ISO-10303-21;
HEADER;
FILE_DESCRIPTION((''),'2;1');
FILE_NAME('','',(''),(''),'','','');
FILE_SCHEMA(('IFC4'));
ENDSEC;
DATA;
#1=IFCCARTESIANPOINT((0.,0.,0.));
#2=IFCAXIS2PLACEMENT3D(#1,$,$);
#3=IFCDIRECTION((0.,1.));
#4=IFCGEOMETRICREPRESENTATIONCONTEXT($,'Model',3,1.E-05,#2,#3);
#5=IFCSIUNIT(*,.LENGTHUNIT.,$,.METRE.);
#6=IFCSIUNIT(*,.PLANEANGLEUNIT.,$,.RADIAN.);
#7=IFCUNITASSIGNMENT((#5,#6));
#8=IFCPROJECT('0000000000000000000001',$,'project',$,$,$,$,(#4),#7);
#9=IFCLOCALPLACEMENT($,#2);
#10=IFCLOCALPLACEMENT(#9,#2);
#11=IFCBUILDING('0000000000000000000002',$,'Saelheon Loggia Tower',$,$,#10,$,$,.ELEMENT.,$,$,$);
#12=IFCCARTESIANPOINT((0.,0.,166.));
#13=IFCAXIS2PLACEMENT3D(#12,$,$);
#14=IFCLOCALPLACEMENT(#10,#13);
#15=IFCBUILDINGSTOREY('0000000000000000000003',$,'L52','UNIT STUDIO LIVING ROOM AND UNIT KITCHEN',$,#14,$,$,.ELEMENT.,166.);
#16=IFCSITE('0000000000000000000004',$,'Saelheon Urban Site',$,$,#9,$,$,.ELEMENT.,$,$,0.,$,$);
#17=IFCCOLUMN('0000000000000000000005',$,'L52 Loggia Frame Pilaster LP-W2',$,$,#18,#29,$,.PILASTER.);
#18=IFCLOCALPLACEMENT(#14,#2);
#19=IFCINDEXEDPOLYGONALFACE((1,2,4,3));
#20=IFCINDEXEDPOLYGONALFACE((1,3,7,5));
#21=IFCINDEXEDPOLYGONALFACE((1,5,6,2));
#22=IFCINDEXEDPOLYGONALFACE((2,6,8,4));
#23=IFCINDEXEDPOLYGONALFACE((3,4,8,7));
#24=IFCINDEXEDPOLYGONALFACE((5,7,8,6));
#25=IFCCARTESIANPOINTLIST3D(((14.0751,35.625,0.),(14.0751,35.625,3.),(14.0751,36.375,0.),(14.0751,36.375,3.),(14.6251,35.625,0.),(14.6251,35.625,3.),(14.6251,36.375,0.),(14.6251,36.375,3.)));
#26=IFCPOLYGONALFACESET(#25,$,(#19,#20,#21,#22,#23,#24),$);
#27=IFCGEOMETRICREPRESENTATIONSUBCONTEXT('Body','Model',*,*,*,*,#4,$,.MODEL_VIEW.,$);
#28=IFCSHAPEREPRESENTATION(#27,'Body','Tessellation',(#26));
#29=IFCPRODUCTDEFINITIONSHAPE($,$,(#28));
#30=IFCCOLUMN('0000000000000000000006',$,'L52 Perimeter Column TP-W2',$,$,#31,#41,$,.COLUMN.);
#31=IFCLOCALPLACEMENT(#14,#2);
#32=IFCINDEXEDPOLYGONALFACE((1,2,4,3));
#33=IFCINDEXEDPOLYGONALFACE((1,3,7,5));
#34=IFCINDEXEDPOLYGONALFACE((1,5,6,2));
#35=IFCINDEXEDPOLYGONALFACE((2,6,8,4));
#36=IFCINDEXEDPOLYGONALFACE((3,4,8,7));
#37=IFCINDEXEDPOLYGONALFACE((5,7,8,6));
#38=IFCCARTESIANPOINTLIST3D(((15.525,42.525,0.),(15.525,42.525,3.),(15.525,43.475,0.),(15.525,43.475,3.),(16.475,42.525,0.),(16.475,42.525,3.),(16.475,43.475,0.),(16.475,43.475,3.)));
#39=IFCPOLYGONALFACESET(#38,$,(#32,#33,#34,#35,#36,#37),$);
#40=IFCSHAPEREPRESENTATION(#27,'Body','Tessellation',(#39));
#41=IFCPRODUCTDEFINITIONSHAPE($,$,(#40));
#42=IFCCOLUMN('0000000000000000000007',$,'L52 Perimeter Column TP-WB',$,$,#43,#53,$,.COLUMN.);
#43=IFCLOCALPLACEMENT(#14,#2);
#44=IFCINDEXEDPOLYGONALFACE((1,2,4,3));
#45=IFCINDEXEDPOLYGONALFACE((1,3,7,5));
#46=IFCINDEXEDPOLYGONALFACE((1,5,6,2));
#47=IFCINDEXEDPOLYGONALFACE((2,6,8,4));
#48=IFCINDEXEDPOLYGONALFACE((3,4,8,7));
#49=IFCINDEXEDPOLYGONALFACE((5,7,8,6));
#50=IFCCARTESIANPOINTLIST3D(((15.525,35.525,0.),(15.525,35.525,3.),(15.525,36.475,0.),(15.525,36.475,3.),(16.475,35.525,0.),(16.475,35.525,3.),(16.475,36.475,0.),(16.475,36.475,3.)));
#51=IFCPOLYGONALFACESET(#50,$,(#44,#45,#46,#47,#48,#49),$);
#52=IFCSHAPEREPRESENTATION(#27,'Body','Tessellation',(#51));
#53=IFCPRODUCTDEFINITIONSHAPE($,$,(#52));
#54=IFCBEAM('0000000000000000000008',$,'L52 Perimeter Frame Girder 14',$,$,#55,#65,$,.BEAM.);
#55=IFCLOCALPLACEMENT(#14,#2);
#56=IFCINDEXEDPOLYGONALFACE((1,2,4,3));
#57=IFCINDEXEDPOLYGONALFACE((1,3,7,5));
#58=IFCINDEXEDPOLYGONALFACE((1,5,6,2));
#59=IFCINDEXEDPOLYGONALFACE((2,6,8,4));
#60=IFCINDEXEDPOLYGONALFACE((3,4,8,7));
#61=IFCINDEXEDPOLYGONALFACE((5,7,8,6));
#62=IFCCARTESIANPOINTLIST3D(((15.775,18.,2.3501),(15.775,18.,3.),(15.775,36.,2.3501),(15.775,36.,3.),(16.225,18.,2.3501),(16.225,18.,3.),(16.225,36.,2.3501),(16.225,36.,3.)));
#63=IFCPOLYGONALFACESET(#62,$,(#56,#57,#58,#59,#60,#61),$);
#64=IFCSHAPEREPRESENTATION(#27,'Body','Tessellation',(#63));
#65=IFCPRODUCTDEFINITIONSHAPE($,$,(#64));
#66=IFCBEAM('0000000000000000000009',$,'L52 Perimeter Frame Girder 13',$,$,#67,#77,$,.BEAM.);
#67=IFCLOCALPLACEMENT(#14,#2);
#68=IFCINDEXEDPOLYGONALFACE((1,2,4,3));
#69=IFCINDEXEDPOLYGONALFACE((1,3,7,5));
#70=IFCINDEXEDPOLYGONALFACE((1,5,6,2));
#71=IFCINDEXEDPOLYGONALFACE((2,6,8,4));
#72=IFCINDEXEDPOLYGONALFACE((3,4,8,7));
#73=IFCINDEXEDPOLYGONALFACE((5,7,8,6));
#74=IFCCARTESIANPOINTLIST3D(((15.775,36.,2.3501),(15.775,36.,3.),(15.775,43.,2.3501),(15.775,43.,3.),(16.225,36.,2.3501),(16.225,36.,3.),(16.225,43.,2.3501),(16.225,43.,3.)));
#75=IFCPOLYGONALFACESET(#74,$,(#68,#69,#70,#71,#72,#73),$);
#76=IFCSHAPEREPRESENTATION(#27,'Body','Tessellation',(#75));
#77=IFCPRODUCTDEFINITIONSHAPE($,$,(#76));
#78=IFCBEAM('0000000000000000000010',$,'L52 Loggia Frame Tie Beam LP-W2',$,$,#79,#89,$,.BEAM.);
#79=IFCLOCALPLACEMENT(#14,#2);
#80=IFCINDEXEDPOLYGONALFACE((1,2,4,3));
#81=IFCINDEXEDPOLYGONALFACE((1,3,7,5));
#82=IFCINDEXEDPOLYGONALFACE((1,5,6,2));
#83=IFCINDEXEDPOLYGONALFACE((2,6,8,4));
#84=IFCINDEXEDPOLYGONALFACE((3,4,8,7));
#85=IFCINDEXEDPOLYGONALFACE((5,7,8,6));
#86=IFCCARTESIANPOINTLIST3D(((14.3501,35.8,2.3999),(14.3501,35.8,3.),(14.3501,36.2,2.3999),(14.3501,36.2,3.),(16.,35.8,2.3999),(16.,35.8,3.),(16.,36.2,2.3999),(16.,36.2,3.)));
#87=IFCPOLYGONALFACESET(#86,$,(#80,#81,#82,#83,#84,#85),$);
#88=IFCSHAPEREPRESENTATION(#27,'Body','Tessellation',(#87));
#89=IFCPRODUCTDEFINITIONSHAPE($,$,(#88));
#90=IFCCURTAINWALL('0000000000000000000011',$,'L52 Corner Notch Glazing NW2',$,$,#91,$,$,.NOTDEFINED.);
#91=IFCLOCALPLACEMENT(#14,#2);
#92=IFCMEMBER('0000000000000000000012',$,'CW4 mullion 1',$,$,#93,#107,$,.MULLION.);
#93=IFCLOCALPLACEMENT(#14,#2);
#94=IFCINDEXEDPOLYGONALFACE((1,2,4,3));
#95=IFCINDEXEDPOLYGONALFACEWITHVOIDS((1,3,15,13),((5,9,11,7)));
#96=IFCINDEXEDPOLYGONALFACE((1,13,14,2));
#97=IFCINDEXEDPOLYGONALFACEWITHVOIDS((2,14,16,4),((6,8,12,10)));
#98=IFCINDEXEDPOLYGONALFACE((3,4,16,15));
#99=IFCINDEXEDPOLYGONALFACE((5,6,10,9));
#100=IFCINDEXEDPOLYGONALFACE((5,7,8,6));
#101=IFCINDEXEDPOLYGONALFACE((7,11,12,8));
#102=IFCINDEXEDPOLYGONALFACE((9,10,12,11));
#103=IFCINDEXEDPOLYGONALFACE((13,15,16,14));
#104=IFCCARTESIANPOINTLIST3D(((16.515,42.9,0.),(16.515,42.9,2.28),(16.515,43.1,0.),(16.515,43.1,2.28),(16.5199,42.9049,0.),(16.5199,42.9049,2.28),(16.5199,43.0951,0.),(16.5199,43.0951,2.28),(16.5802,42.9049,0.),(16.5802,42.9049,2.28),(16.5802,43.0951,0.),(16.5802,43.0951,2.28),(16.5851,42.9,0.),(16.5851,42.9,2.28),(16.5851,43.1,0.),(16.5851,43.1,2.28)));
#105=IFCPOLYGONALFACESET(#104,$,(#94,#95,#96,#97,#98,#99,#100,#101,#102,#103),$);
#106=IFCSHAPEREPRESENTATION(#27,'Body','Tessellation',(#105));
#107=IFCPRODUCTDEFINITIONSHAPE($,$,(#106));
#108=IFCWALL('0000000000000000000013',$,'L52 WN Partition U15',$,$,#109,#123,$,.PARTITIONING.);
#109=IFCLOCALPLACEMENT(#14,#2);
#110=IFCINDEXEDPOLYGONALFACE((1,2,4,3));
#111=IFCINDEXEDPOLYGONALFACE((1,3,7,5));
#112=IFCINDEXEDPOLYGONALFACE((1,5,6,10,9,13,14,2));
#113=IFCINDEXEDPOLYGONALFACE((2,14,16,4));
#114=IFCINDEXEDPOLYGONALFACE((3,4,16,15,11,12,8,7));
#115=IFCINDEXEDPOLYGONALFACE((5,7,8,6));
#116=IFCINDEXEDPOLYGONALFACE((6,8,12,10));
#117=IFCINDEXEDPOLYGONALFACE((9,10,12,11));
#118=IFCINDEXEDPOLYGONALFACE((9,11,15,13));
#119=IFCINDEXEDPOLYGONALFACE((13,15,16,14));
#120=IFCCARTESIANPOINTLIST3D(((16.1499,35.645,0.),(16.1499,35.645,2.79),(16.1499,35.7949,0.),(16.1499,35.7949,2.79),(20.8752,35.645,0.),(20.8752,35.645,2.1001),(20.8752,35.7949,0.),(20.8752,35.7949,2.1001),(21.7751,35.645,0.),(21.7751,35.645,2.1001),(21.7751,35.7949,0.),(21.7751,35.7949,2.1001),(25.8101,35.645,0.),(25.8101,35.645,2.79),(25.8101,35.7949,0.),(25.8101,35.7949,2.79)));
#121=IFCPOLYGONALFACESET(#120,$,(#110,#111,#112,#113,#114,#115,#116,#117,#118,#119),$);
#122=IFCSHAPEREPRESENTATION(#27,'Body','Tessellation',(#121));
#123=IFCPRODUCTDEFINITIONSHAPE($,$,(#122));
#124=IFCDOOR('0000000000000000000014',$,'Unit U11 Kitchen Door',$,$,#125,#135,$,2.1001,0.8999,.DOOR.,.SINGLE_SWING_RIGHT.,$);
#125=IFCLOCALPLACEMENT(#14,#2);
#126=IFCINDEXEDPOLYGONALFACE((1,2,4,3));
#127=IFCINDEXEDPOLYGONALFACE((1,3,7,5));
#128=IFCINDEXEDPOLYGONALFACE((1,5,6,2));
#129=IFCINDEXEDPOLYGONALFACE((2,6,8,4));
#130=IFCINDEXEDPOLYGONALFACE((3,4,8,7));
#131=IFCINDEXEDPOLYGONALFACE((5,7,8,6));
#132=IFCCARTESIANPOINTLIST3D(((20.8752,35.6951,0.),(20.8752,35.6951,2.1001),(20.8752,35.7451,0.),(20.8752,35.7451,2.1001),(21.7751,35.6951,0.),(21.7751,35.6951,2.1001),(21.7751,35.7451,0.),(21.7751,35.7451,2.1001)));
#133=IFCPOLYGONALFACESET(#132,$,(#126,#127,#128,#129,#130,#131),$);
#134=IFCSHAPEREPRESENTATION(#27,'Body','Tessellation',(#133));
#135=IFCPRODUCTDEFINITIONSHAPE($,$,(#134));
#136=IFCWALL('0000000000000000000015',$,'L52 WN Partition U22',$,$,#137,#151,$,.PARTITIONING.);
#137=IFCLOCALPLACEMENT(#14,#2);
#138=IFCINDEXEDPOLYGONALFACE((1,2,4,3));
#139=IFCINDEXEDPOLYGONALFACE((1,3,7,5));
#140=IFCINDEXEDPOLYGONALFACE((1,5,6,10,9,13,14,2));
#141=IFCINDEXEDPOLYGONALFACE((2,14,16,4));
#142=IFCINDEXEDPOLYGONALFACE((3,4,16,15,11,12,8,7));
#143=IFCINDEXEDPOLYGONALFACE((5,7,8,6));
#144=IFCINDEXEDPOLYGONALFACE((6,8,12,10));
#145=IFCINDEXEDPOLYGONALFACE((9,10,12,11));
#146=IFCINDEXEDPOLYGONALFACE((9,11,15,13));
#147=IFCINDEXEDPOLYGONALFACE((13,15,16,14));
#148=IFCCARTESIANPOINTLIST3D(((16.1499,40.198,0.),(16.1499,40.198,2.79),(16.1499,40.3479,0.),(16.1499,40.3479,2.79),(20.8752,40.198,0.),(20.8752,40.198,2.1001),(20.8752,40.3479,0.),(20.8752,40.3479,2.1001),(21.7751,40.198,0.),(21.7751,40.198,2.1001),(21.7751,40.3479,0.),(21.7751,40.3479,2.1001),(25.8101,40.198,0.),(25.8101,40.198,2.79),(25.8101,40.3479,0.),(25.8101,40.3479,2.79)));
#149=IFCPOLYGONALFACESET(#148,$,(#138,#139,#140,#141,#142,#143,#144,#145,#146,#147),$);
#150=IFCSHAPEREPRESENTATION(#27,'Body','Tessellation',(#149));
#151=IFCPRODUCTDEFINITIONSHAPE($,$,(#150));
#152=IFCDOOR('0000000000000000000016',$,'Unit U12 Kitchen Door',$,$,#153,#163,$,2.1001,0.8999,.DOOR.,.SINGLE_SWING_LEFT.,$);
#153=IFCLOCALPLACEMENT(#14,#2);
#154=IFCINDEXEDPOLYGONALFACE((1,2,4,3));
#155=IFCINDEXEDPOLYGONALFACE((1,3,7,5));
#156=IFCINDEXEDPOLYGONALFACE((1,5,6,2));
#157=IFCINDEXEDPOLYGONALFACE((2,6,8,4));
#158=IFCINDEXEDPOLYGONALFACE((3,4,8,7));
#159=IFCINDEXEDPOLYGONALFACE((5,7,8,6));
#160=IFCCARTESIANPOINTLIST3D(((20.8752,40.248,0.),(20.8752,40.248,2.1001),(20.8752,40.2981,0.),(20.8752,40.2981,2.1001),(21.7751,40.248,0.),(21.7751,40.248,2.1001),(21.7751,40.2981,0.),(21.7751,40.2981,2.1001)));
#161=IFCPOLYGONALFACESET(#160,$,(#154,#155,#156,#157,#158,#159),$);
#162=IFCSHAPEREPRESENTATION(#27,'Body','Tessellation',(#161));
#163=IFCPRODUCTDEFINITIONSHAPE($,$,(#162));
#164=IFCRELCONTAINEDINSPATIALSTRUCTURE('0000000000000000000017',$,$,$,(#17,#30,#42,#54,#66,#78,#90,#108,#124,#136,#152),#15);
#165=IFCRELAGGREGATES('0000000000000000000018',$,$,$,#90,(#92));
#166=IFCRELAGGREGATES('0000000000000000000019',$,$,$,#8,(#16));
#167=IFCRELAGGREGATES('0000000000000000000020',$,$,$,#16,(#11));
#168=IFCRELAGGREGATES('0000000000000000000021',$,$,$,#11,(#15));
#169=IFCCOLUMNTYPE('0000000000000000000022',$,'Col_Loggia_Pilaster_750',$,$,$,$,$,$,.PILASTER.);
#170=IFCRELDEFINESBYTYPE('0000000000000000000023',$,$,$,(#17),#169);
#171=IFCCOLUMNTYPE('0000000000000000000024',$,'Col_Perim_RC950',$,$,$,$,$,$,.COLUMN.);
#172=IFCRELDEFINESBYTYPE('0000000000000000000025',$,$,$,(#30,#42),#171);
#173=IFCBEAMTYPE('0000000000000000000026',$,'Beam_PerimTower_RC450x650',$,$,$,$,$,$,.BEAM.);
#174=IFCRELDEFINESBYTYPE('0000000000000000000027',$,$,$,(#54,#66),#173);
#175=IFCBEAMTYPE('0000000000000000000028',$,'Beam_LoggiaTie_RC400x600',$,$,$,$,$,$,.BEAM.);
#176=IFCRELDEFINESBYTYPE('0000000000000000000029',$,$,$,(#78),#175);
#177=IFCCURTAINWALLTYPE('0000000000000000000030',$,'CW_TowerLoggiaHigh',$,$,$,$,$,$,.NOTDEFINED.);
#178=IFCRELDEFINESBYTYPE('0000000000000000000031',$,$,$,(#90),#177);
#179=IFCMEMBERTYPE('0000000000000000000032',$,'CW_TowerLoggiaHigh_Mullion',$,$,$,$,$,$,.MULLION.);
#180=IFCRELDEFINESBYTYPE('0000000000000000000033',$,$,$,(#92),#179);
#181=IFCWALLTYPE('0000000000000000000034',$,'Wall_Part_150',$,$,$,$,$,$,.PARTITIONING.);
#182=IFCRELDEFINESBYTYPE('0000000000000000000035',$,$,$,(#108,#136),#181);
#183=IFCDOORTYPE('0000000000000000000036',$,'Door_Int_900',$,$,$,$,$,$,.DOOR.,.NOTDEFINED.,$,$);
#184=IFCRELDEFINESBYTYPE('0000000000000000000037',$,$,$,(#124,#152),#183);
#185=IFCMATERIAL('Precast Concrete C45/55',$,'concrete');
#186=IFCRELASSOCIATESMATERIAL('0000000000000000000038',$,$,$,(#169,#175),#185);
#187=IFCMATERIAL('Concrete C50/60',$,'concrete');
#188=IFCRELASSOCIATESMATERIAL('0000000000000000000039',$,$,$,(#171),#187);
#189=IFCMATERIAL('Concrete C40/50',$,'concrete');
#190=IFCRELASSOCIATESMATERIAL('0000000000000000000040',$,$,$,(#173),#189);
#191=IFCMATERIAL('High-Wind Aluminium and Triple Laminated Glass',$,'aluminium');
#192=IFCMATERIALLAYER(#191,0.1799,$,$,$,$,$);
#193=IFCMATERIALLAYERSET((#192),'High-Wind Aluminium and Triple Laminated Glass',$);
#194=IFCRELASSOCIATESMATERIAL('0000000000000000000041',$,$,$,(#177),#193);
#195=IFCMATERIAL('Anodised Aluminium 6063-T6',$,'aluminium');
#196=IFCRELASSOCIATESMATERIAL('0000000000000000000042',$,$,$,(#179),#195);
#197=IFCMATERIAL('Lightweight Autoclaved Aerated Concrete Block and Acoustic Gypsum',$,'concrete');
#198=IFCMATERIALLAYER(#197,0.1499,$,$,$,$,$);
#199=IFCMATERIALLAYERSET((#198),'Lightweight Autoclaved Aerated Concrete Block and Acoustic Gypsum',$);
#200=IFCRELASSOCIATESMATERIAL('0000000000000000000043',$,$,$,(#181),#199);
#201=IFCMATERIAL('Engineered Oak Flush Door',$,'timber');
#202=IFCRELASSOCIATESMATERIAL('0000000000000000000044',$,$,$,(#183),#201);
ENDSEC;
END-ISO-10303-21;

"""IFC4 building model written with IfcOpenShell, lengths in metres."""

from ifc_helpers import new_model, si_unit, direction, frame, frame_2d, origin, origin_2d, place, context, subcontext, project, spatial, rectangle, hollow_rectangle, extrude, source, transform, mapped, material, layer, layer_set, material_profile, profile_set, type_object, element, fill, aggregate, save


model = new_model("IFC4")

# Units and contexts
model_context = context("Model", 3, precision=1e-05, world=origin(), true_north=direction((0.0, 1.0)))
body_context = subcontext(model_context, "Body", "Model", "MODEL_VIEW")
ifc_project = project(units=[si_unit("LENGTHUNIT", "METRE"), si_unit("PLANEANGLEUNIT", "RADIAN")], contexts=[model_context])

# Site, building, storey
site_placement = place(None, origin())
site = spatial("IfcSite", under=ifc_project, at=site_placement, Name="Saelheon Urban Site", CompositionType="ELEMENT", RefElevation=0.0)
building_placement = place(site_placement, origin())
building = spatial("IfcBuilding", under=site, at=building_placement, Name="Saelheon Loggia Tower", CompositionType="ELEMENT")
storey_placement = place(building_placement, frame((0.0, 0.0, 166.0)))
storey = spatial("IfcBuildingStorey", under=building, at=storey_placement, Name="L52", Description="UNIT STUDIO LIVING ROOM AND UNIT KITCHEN", CompositionType="ELEMENT", Elevation=166.0)

# Columns
ifc_material_1 = material(Name="Precast Concrete C45/55", Category="concrete")
ifc_material_profile_1 = material_profile(ifc_material_1, rectangle(XDim=0.55, YDim=0.75, at=origin_2d()), Name="RC-550x750")
ifc_profile_set_1 = profile_set([ifc_material_profile_1], Name="Precast Concrete C45/55")
column_type_1 = type_object("IfcColumnType", Name="Col_Loggia_Pilaster_750", PredefinedType="PILASTER", material=ifc_profile_set_1)
shared_shape_1 = source(origin(), body_context, "Body", "SweptSolid", [
    extrude(rectangle(XDim=0.55, YDim=0.75, at=origin_2d()), origin(), (0.0, 0.0, 1.0), 3.0),
])
column_placement = place(storey_placement, frame((14.3501, 36.0, 0.0), z_axis=(0.0, 0.0, 1.0), x_axis=(1.0, 0.0, 0.0)))
element("IfcColumn", 1, at=column_placement, inside=storey, type_object=column_type_1, Name="L52 Loggia Frame Pilaster LP-W2", PredefinedType="PILASTER", context=body_context, shape_type="MappedRepresentation", body=[
    mapped(shared_shape_1, transform((0.0, 0.0, 0.0), scale=1.0)),
])
ifc_material_2 = material(Name="Concrete C50/60", Category="concrete")
ifc_material_profile_2 = material_profile(ifc_material_2, rectangle(XDim=0.95, YDim=0.95, at=origin_2d()), Name="RC-950x950")
ifc_profile_set_2 = profile_set([ifc_material_profile_2], Name="Concrete C50/60")
column_type_2 = type_object("IfcColumnType", Name="Col_Perim_RC950", PredefinedType="COLUMN", material=ifc_profile_set_2)
shared_shape_2 = source(origin(), body_context, "Body", "SweptSolid", [
    extrude(rectangle(XDim=0.95, YDim=0.95, at=origin_2d()), origin(), (0.0, 0.0, 1.0), 3.0),
])
for number, where, z_axis, x_axis, name in (
    (2, (16.0, 43.0, 0.0), (0.0, 0.0, 1.0), (1.0, 0.0, 0.0), "L52 Perimeter Column TP-W2"),
    (3, (16.0, 36.0, 0.0), (0.0, 0.0, 1.0), (1.0, 0.0, 0.0), "L52 Perimeter Column TP-WB"),
):
    element("IfcColumn", number, at=place(storey_placement, frame(where, z_axis=z_axis, x_axis=x_axis)), inside=storey, type_object=column_type_2, Name=name, PredefinedType="COLUMN", context=body_context, shape_type="MappedRepresentation", body=[
        mapped(shared_shape_2, transform((0.0, 0.0, 0.0), scale=1.0)),
    ])

# Beams
ifc_material_3 = material(Name="Concrete C40/50", Category="concrete")
ifc_material_profile_3 = material_profile(ifc_material_3, rectangle(XDim=0.45, YDim=0.6499, at=origin_2d()), Name="RC-450x650")
ifc_profile_set_3 = profile_set([ifc_material_profile_3], Name="Concrete C40/50")
beam_type_1 = type_object("IfcBeamType", Name="Beam_PerimTower_RC450x650", PredefinedType="BEAM", material=ifc_profile_set_3)
shared_shape_3 = source(origin(), body_context, "Body", "SweptSolid", [
    extrude(rectangle(XDim=0.45, YDim=0.6499, at=origin_2d()), origin(), (0.0, 0.0, 1.0), 18.0),
])
beam_1_placement = place(storey_placement, frame((16.0, 36.0, 2.675), z_axis=(0.0, -1.0, 0.0), x_axis=(1.0, 0.0, 0.0)))
element("IfcBeam", 4, at=beam_1_placement, inside=storey, type_object=beam_type_1, Name="L52 Perimeter Frame Girder 14", PredefinedType="BEAM", context=body_context, shape_type="MappedRepresentation", body=[
    mapped(shared_shape_3, transform((0.0, 0.0, 0.0), scale=1.0)),
])
shared_shape_4 = source(origin(), body_context, "Body", "SweptSolid", [
    extrude(rectangle(XDim=0.45, YDim=0.6499, at=origin_2d()), origin(), (0.0, 0.0, 1.0), 7.0),
])
beam_2_placement = place(storey_placement, frame((16.0, 43.0, 2.675), z_axis=(0.0, -1.0, 0.0), x_axis=(1.0, 0.0, 0.0)))
element("IfcBeam", 5, at=beam_2_placement, inside=storey, type_object=beam_type_1, Name="L52 Perimeter Frame Girder 13", PredefinedType="BEAM", context=body_context, shape_type="MappedRepresentation", body=[
    mapped(shared_shape_4, transform((0.0, 0.0, 0.0), scale=1.0)),
])
ifc_material_profile_4 = material_profile(ifc_material_1, rectangle(XDim=0.3999, YDim=0.6001, at=origin_2d()), Name="RC-400x600")
ifc_profile_set_4 = profile_set([ifc_material_profile_4], Name="Precast Concrete C45/55")
beam_type_2 = type_object("IfcBeamType", Name="Beam_LoggiaTie_RC400x600", PredefinedType="BEAM", material=ifc_profile_set_4)
shared_shape_5 = source(origin(), body_context, "Body", "SweptSolid", [
    extrude(rectangle(XDim=0.3999, YDim=0.6001, at=origin_2d()), origin(), (0.0, 0.0, 1.0), 1.6499),
])
beam_3_placement = place(storey_placement, frame((16.0, 36.0, 2.7), z_axis=(-1.0, 0.0, 0.0), x_axis=(0.0, -1.0, 0.0)))
element("IfcBeam", 6, at=beam_3_placement, inside=storey, type_object=beam_type_2, Name="L52 Loggia Frame Tie Beam LP-W2", PredefinedType="BEAM", context=body_context, shape_type="MappedRepresentation", body=[
    mapped(shared_shape_5, transform((0.0, 0.0, 0.0), scale=1.0)),
])

# Curtain wall, member
ifc_material_4 = material(Name="High-Wind Aluminium and Triple Laminated Glass", Category="aluminium")
ifc_layer_1 = layer(ifc_material_4, 0.1799)
ifc_layer_set_1 = layer_set([ifc_layer_1], Name="High-Wind Aluminium and Triple Laminated Glass")
curtain_wall_type = type_object("IfcCurtainWallType", Name="CW_TowerLoggiaHigh", PredefinedType="NOTDEFINED", material=ifc_layer_set_1)
curtain_wall_placement = place(storey_placement, origin())
curtain_wall = element("IfcCurtainWall", 7, at=curtain_wall_placement, inside=storey, type_object=curtain_wall_type, Name="L52 Corner Notch Glazing NW2", PredefinedType="NOTDEFINED")
ifc_material_5 = material(Name="Anodised Aluminium 6063-T6", Category="aluminium")
ifc_material_profile_5 = material_profile(ifc_material_5, hollow_rectangle(XDim=0.0701, YDim=0.2, WallThickness=0.0049, at=origin_2d()), Name="RHS-200x70x5")
ifc_profile_set_5 = profile_set([ifc_material_profile_5], Name="Anodised Aluminium 6063-T6")
member_type = type_object("IfcMemberType", Name="CW_TowerLoggiaHigh_Mullion", PredefinedType="MULLION", material=ifc_profile_set_5)
shared_shape_6 = source(origin(), body_context, "Body", "SweptSolid", [
    extrude(hollow_rectangle(XDim=0.0701, YDim=0.2, WallThickness=0.0049, at=origin_2d()), origin(), (0.0, 0.0, 1.0), 2.28),
])
member_placement = place(storey_placement, frame((16.55, 43.0, 0.0), z_axis=(0.0, 0.0, 1.0), x_axis=(1.0, 0.0, 0.0)))
member = element("IfcMember", 8, at=member_placement, type_object=member_type, Name="CW4 mullion 1", PredefinedType="MULLION", context=body_context, shape_type="MappedRepresentation", body=[
    mapped(shared_shape_6, transform((0.0, 0.0, 0.0), scale=1.0)),
])
aggregate(curtain_wall, [member])

# Walls, openings, doors
ifc_material_6 = material(Name="Lightweight Autoclaved Aerated Concrete Block and Acoustic Gypsum", Category="concrete")
ifc_layer_2 = layer(ifc_material_6, 0.1499)
ifc_layer_set_2 = layer_set([ifc_layer_2], Name="Lightweight Autoclaved Aerated Concrete Block and Acoustic Gypsum")
wall_type_1 = type_object("IfcWallType", Name="Wall_Part_150", PredefinedType="PARTITIONING", material=ifc_layer_set_2)
wall_1_placement = place(storey_placement, frame((25.8101, 35.72, 0.0), z_axis=(0.0, 0.0, 1.0), x_axis=(-1.0, 0.0, 0.0)))
wall_1 = element("IfcWall", 9, at=wall_1_placement, inside=storey, type_object=wall_type_1, Name="L52 WN Partition U15", PredefinedType="PARTITIONING", context=body_context, shape_type="SweptSolid", body=[
    extrude(rectangle(XDim=9.6602, YDim=0.1499, at=frame_2d((4.8301, 0.0))), origin(), (0.0, 0.0, 1.0), 2.79),
])
opening_1_placement = place(wall_1_placement, frame((4.0349, 0.0, 0.0)))
opening_1 = element("IfcOpeningElement", 10, at=opening_1_placement, cuts=wall_1, PredefinedType="OPENING", context=body_context, shape_type="SweptSolid", body=[
    extrude(rectangle(XDim=0.8999, YDim=2.1001, at=frame_2d((0.45, 1.05))), frame((0.0, 0.0869, 0.0), z_axis=(0.0, -1.0, 0.0), x_axis=(1.0, 0.0, 0.0)), (0.0, 0.0, 1.0), 0.1738),
])
ifc_material_7 = material(Name="Engineered Oak Flush Door", Category="timber")
door_type = type_object("IfcDoorType", Name="Door_Int_900", OperationType="NOTDEFINED", PredefinedType="DOOR", material=ifc_material_7)
shared_shape_7 = source(origin(), body_context, "Body", "SweptSolid", [
    extrude(rectangle(XDim=0.8999, YDim=2.1001, at=frame_2d((0.45, 1.05))), frame((0.0, 0.0249, 0.0), z_axis=(0.0, -1.0, 0.0), x_axis=(1.0, 0.0, 0.0)), (0.0, 0.0, 1.0), 0.05),
])
door_1_placement = place(opening_1_placement, origin())
door_1 = element("IfcDoor", 11, at=door_1_placement, inside=storey, type_object=door_type, Name="Unit U11 Kitchen Door", OperationType="SINGLE_SWING_RIGHT", OverallHeight=2.1001, OverallWidth=0.8999, PredefinedType="DOOR", context=body_context, shape_type="MappedRepresentation", body=[
    mapped(shared_shape_7, transform((0.0, 0.0, 0.0), scale=1.0)),
])
fill(opening_1, door_1)
wall_2_placement = place(storey_placement, frame((25.8101, 40.2729, 0.0), z_axis=(0.0, 0.0, 1.0), x_axis=(-1.0, 0.0, 0.0)))
wall_2 = element("IfcWall", 12, at=wall_2_placement, inside=storey, type_object=wall_type_1, Name="L52 WN Partition U22", PredefinedType="PARTITIONING", context=body_context, shape_type="SweptSolid", body=[
    extrude(rectangle(XDim=9.6602, YDim=0.1499, at=frame_2d((4.8301, 0.0))), origin(), (0.0, 0.0, 1.0), 2.79),
])
opening_2_placement = place(wall_2_placement, frame((4.0349, 0.0, 0.0)))
opening_2 = element("IfcOpeningElement", 13, at=opening_2_placement, cuts=wall_2, PredefinedType="OPENING", context=body_context, shape_type="SweptSolid", body=[
    extrude(rectangle(XDim=0.8999, YDim=2.1001, at=frame_2d((0.45, 1.05))), frame((0.0, 0.0869, 0.0), z_axis=(0.0, -1.0, 0.0), x_axis=(1.0, 0.0, 0.0)), (0.0, 0.0, 1.0), 0.1738),
])
door_2_placement = place(opening_2_placement, origin())
door_2 = element("IfcDoor", 14, at=door_2_placement, inside=storey, type_object=door_type, Name="Unit U12 Kitchen Door", OperationType="SINGLE_SWING_LEFT", OverallHeight=2.1001, OverallWidth=0.8999, PredefinedType="DOOR", context=body_context, shape_type="MappedRepresentation", body=[
    mapped(shared_shape_7, transform((0.0, 0.0, 0.0), scale=1.0)),
])
fill(opening_2, door_2)

save(model, "model.ifc")
